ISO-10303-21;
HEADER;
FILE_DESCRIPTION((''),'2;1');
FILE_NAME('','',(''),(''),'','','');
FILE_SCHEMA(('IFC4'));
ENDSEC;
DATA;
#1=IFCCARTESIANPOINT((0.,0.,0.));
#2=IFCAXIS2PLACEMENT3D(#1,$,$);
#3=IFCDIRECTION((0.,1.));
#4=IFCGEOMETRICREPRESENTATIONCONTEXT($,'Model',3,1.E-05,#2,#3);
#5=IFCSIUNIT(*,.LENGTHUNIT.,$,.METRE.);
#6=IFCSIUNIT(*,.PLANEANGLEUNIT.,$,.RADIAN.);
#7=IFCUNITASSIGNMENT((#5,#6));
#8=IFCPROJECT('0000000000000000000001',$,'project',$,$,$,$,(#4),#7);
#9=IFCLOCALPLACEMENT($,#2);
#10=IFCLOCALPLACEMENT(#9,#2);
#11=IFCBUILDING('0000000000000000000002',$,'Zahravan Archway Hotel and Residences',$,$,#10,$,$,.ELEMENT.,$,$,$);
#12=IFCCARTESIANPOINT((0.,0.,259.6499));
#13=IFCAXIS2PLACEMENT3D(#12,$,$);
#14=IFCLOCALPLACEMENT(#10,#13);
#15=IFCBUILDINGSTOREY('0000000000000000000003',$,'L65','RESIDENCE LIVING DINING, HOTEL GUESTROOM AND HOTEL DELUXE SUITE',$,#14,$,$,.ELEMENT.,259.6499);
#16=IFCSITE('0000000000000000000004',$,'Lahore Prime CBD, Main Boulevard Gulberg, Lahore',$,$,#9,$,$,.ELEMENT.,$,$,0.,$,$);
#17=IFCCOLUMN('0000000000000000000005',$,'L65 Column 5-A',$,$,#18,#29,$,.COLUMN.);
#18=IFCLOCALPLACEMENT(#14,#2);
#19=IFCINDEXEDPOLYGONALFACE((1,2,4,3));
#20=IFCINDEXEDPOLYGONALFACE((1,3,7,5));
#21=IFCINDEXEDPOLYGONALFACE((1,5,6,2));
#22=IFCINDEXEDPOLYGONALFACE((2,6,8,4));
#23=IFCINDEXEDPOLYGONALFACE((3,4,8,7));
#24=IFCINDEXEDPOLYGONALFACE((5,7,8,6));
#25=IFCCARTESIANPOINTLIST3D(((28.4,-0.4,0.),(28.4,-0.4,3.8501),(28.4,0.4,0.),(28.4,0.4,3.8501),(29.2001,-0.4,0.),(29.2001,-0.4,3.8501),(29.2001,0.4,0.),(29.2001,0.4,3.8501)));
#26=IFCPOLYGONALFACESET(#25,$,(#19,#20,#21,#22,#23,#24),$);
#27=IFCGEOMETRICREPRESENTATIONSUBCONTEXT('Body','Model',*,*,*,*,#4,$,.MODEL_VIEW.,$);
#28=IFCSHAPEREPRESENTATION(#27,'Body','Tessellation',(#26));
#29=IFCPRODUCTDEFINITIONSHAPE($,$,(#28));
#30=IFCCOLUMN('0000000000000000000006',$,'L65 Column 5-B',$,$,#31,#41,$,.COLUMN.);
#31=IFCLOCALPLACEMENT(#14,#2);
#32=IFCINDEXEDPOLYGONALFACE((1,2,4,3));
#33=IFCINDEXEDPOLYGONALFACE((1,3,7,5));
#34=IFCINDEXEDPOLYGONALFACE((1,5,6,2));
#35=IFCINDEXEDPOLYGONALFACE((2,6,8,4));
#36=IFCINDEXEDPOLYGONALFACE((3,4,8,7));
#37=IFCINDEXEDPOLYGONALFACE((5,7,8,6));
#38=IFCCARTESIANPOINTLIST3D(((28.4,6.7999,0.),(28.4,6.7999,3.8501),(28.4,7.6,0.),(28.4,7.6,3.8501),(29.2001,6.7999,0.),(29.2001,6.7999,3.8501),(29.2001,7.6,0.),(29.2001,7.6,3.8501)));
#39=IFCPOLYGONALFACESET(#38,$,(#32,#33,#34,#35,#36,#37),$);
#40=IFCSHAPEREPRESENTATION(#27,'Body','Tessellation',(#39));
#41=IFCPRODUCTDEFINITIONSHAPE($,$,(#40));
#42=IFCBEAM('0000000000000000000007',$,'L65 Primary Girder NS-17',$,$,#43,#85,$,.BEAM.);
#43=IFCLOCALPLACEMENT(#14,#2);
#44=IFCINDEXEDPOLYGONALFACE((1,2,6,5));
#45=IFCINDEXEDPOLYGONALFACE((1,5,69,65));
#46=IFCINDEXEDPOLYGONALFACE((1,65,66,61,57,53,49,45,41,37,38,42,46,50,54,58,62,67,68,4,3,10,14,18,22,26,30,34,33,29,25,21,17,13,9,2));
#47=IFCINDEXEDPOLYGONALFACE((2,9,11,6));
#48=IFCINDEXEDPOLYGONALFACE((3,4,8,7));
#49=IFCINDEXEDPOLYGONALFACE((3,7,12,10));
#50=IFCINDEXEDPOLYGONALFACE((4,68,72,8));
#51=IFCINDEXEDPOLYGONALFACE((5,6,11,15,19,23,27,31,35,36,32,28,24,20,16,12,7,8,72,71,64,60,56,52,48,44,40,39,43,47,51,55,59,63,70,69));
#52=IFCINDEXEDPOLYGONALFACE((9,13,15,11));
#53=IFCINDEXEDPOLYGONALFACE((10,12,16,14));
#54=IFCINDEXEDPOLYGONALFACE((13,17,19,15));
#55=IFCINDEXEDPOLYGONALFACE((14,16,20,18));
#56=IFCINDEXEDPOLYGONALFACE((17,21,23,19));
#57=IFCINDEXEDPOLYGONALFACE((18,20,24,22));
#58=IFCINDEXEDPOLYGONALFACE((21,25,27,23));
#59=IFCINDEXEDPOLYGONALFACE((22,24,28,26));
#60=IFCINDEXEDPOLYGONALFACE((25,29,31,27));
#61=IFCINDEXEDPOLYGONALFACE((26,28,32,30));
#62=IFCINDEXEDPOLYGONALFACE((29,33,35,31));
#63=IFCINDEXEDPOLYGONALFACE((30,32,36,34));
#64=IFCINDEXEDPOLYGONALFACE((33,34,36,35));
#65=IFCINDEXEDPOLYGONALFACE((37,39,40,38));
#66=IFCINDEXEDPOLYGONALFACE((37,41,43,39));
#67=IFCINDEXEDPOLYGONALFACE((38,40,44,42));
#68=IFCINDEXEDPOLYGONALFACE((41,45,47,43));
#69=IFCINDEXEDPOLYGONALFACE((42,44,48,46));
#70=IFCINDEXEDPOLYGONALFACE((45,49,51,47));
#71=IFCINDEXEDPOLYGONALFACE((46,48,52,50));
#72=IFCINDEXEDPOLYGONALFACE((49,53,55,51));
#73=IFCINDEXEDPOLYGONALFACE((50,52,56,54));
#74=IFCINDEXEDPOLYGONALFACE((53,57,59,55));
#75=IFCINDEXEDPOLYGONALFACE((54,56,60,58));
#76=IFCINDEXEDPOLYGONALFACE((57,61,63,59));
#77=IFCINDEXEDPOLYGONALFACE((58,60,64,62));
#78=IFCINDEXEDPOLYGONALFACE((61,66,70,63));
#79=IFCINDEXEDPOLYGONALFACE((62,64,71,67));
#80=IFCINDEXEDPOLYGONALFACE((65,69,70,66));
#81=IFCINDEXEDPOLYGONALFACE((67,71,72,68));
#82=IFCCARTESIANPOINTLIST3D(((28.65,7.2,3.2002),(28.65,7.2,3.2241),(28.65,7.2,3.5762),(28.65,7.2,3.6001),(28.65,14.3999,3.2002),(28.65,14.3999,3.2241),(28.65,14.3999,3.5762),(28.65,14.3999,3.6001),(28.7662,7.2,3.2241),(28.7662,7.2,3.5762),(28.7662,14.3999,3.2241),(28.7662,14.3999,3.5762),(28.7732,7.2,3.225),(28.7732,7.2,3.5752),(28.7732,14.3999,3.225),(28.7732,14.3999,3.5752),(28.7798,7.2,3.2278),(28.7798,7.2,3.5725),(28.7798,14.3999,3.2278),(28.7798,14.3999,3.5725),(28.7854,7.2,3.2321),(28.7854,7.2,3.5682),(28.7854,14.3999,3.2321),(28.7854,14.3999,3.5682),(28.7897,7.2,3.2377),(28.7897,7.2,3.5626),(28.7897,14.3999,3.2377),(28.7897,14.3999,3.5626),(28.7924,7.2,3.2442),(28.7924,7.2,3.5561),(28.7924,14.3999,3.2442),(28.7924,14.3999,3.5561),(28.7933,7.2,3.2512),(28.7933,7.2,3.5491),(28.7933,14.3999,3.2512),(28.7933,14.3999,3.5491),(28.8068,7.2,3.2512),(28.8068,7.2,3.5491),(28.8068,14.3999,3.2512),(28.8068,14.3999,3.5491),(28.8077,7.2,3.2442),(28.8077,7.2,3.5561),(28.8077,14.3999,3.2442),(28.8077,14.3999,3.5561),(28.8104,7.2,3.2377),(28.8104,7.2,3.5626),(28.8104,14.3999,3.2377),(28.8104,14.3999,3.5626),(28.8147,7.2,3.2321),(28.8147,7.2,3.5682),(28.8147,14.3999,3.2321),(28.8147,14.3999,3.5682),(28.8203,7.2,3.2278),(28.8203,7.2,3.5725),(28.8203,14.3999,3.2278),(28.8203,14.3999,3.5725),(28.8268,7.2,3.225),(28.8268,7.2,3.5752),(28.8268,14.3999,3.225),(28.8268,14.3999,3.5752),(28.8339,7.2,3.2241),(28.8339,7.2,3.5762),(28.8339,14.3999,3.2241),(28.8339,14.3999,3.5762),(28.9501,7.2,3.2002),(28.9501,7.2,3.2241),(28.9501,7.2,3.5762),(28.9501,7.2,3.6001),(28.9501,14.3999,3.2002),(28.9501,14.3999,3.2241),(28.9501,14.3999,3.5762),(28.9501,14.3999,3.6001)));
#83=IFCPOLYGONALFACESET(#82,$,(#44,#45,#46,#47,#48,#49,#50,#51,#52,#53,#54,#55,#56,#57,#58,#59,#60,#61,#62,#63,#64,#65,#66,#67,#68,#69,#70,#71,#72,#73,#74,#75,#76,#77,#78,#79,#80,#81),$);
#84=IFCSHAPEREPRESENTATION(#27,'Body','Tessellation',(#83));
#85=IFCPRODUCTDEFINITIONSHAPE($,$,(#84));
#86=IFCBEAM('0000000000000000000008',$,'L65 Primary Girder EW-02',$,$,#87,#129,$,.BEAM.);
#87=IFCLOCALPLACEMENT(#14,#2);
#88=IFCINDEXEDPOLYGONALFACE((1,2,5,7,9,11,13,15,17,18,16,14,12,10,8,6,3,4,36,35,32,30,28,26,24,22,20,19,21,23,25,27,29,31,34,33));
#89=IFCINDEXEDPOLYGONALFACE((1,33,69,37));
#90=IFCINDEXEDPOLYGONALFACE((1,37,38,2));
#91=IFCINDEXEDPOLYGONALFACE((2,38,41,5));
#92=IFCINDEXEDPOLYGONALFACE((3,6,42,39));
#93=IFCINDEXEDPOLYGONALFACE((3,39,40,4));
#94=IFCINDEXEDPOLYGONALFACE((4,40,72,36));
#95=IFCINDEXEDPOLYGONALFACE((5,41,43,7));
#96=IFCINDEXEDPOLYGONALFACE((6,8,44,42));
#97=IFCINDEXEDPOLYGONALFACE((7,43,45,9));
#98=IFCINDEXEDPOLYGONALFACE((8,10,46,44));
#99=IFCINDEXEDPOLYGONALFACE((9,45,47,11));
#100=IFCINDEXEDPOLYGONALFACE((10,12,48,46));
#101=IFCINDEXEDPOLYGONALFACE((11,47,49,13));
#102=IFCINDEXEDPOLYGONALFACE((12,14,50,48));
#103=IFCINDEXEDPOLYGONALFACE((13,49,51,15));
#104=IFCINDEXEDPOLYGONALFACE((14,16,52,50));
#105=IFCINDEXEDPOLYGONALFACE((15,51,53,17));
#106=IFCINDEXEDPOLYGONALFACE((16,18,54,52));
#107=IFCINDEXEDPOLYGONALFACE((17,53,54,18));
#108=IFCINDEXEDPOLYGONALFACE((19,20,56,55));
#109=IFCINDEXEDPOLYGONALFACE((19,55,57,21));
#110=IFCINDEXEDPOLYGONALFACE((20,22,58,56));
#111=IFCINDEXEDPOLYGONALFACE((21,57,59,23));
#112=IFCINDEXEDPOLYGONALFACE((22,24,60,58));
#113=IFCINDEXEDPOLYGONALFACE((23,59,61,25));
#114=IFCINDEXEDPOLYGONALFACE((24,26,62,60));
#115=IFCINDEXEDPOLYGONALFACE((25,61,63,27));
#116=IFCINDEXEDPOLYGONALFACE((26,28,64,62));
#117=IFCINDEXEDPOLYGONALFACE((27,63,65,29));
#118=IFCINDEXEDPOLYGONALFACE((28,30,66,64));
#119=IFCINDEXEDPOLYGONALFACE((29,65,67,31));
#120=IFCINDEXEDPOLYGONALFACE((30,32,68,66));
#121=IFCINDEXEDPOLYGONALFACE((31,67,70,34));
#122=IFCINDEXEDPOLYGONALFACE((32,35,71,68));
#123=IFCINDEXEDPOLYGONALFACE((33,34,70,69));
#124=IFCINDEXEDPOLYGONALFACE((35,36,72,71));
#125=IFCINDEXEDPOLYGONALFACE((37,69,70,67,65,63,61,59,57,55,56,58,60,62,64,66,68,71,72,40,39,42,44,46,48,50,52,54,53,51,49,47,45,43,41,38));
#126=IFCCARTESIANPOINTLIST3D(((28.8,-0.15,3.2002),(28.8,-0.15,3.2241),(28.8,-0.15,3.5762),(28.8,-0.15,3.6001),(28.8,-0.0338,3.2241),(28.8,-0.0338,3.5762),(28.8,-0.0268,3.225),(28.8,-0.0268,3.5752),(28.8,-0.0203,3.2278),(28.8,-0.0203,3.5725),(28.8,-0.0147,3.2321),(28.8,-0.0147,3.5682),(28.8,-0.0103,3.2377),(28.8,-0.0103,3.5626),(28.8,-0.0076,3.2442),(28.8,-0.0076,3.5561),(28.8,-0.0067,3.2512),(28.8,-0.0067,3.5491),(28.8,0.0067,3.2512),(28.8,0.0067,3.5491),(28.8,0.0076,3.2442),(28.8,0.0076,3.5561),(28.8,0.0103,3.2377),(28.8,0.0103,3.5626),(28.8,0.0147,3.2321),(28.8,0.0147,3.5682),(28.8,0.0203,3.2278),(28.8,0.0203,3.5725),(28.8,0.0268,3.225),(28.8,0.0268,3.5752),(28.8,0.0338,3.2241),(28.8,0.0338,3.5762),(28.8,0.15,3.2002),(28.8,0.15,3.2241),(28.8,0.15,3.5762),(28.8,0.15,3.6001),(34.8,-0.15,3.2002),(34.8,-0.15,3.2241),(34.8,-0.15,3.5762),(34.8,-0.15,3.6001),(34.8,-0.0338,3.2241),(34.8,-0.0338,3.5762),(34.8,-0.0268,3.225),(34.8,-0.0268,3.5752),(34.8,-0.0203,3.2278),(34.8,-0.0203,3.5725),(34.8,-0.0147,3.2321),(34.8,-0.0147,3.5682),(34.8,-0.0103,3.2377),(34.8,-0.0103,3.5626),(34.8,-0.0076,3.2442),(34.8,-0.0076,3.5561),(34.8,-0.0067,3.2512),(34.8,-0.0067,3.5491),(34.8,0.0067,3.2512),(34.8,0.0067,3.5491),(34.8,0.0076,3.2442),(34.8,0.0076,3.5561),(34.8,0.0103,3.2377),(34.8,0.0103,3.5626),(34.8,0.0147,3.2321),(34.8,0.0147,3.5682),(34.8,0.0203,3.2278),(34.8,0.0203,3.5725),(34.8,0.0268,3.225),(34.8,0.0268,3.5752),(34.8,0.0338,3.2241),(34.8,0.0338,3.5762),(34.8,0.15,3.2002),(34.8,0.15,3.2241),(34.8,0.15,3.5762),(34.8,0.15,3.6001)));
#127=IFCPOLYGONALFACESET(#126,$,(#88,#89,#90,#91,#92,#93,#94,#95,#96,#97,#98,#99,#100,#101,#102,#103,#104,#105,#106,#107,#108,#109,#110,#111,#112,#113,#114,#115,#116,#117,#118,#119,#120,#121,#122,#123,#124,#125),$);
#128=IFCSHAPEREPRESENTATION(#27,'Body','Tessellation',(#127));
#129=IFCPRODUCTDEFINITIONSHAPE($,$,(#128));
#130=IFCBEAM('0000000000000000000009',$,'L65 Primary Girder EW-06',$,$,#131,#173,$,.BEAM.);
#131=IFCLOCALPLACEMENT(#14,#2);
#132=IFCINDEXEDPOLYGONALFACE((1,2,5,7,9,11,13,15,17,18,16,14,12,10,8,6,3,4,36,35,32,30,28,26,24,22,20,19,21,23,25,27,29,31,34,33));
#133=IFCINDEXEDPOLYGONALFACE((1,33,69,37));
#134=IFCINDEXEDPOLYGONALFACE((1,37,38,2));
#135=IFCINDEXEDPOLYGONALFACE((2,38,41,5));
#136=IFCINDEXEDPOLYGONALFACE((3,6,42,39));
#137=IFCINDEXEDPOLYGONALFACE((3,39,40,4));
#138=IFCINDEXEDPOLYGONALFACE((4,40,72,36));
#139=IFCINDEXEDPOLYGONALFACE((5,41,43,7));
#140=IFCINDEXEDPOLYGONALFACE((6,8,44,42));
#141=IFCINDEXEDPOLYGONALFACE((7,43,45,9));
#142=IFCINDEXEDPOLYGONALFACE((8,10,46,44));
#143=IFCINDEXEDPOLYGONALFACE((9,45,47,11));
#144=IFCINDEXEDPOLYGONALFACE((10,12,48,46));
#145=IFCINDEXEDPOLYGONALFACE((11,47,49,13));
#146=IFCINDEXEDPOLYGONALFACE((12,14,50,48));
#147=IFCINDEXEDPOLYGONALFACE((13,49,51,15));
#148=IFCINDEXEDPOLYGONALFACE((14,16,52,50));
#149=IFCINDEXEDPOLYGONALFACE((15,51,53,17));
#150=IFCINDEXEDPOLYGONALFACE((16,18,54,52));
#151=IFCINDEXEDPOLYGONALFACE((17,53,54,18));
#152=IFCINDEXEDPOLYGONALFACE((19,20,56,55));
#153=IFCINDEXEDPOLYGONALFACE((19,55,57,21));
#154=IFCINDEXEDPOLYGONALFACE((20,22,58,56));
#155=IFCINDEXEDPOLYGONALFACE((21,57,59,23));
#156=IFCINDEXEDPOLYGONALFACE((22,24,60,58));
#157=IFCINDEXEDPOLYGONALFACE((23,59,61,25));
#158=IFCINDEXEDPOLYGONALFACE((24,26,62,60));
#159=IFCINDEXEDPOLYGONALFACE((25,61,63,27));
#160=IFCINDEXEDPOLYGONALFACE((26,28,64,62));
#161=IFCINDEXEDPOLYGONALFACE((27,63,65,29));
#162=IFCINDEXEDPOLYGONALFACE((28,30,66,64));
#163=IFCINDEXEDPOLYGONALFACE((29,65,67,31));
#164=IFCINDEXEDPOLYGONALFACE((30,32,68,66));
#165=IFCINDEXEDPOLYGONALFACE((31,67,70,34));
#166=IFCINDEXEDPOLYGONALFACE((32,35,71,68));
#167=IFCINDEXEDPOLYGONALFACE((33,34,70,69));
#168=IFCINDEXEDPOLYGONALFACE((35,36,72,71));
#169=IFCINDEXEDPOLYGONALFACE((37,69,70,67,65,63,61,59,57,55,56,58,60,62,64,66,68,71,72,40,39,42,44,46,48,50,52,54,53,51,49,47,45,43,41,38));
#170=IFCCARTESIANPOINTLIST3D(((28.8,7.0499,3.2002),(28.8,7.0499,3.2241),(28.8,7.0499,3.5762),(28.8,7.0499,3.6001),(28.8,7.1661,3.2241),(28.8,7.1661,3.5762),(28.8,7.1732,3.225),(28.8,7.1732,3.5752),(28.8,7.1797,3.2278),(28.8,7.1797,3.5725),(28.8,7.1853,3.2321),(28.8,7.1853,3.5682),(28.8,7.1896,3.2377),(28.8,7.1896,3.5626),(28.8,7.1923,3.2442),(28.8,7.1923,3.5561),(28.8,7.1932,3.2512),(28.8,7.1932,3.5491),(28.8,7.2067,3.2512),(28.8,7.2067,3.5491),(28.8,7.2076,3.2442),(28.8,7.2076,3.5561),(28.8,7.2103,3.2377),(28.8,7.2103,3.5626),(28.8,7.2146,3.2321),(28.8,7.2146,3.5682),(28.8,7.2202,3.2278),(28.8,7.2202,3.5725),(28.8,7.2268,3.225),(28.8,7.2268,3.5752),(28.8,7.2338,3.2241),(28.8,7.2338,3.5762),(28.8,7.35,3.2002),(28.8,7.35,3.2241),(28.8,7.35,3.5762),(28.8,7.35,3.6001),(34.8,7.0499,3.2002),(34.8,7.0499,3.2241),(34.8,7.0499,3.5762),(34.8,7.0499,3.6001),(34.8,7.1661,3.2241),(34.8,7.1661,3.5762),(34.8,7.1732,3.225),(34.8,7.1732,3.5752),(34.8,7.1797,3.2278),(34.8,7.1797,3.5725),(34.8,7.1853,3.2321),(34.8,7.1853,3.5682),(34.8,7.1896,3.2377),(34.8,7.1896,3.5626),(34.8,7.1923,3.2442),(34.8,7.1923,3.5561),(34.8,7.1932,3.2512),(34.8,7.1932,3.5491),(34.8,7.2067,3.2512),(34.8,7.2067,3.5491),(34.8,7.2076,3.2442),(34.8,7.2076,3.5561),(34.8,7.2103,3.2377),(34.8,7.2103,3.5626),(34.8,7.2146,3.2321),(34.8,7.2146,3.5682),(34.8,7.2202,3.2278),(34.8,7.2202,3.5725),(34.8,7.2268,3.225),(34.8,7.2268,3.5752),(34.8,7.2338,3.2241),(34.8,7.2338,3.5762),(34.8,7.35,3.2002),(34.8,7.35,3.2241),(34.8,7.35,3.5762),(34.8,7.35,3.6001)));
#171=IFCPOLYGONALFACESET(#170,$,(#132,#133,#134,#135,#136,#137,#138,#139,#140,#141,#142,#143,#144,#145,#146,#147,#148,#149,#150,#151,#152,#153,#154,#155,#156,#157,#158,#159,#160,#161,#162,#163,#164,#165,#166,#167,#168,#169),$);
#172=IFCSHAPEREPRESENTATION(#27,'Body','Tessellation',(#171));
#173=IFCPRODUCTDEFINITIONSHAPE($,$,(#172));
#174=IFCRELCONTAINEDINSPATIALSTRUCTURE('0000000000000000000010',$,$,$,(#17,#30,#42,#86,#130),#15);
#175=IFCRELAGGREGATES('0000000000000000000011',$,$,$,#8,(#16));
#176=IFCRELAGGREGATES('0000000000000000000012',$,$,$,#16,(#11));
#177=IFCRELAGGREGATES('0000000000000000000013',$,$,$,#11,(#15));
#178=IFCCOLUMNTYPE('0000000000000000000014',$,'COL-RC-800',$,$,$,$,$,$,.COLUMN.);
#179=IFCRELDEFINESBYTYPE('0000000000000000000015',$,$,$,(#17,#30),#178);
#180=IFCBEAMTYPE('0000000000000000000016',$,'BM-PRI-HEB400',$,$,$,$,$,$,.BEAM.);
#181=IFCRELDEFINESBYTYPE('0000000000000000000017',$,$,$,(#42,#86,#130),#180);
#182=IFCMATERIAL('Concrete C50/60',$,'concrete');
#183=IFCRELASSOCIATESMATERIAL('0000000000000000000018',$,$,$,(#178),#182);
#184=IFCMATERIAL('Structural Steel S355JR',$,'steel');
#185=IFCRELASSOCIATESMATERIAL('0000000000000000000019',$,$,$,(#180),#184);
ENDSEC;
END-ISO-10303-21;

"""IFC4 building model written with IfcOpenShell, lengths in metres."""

from ifc_helpers import new_model, si_unit, direction, frame, origin, origin_2d, place, context, subcontext, project, spatial, rectangle, i_section, extrude, source, transform, mapped, material, material_profile, profile_set, type_object, type_shapes, element, save


model = new_model("IFC4")

# Units and contexts
model_context = context("Model", 3, precision=1e-05, world=origin(), true_north=direction((0.0, 1.0)))
body_context = subcontext(model_context, "Body", "Model", "MODEL_VIEW")
ifc_project = project(units=[si_unit("LENGTHUNIT", "METRE"), si_unit("PLANEANGLEUNIT", "RADIAN")], contexts=[model_context])

# Site, building, storey
site_placement = place(None, origin())
site = spatial("IfcSite", under=ifc_project, at=site_placement, Name="Lahore Prime CBD, Main Boulevard Gulberg, Lahore", CompositionType="ELEMENT", RefElevation=0.0)
building_placement = place(site_placement, origin())
building = spatial("IfcBuilding", under=site, at=building_placement, Name="Zahravan Archway Hotel and Residences", CompositionType="ELEMENT")
storey_placement = place(building_placement, frame((0.0, 0.0, 259.6499)))
storey = spatial("IfcBuildingStorey", under=building, at=storey_placement, Name="L65", Description="RESIDENCE LIVING DINING, HOTEL GUESTROOM AND HOTEL DELUXE SUITE", CompositionType="ELEMENT", Elevation=259.6499)

# Columns
ifc_material_1 = material(Name="Concrete C50/60", Category="concrete")
ifc_material_profile_1 = material_profile(ifc_material_1, rectangle(XDim=0.8, YDim=0.8, at=origin_2d()), Name="RC-COL-800x800", Category="concrete")
ifc_profile_set_1 = profile_set([ifc_material_profile_1], Name="Concrete C50/60")
column_type = type_object("IfcColumnType", Name="COL-RC-800", PredefinedType="COLUMN", material=ifc_profile_set_1)
shared_shape_1 = source(origin(), body_context, "Body", "SweptSolid", [
    extrude(rectangle(XDim=0.8, YDim=0.8, at=origin_2d()), origin(), (0.0, 0.0, 1.0), 3.8501),
])
for number, where, z_axis, x_axis, name in (
    (1, (28.8, 0.0, 0.0), (0.0, 0.0, 1.0), (1.0, 0.0, 0.0), "L65 Column 5-A"),
    (2, (28.8, 7.2, 0.0), (0.0, 0.0, 1.0), (1.0, 0.0, 0.0), "L65 Column 5-B"),
):
    element("IfcColumn", number, at=place(storey_placement, frame(where, z_axis=z_axis, x_axis=x_axis)), inside=storey, type_object=column_type, Name=name, PredefinedType="COLUMN", context=body_context, shape_type="MappedRepresentation", body=[
        mapped(shared_shape_1, transform((0.0, 0.0, 0.0), scale=1.0)),
    ])

# Beams
ifc_material_2 = material(Name="Structural Steel S355JR", Category="steel")
ifc_material_profile_2 = material_profile(ifc_material_2, i_section(OverallWidth=0.3, OverallDepth=0.3999, WebThickness=0.0134, FlangeThickness=0.0239, FilletRadius=0.0271, at=origin_2d()), Name="HEB 400", Category="steel")
ifc_profile_set_2 = profile_set([ifc_material_profile_2], Name="Structural Steel S355JR")
beam_type_1 = type_object("IfcBeamType", Name="BM-PRI-HEB400", PredefinedType="BEAM", material=ifc_profile_set_2)
shared_shape_2 = source(origin(), body_context, "Body", "SweptSolid", [
    extrude(i_section(OverallWidth=0.3, OverallDepth=0.3999, WebThickness=0.0134, FlangeThickness=0.0239, FilletRadius=0.0271, at=origin_2d()), origin(), (0.0, 0.0, 1.0), 7.2),
])
type_shapes(beam_type_1, [shared_shape_2])
beam_1_placement = place(storey_placement, frame((28.8, 7.2, 3.4001), z_axis=(0.0, 1.0, 0.0), x_axis=(-1.0, 0.0, 0.0)))
element("IfcBeam", 3, at=beam_1_placement, inside=storey, type_object=beam_type_1, Name="L65 Primary Girder NS-17", PredefinedType="BEAM", context=body_context, shape_type="MappedRepresentation", body=[
    mapped(shared_shape_2, transform((0.0, 0.0, 0.0), scale=1.0)),
])
shared_shape_3 = source(origin(), body_context, "Body", "SweptSolid", [
    extrude(i_section(OverallWidth=0.3, OverallDepth=0.3999, WebThickness=0.0134, FlangeThickness=0.0239, FilletRadius=0.0271, at=origin_2d()), origin(), (0.0, 0.0, 1.0), 6.0),
])
for number, where, z_axis, x_axis, name in (
    (4, (28.8, 0.0, 3.4001), (1.0, 0.0, 0.0), (0.0, 1.0, 0.0), "L65 Primary Girder EW-02"),
    (5, (28.8, 7.2, 3.4001), (1.0, 0.0, 0.0), (0.0, 1.0, 0.0), "L65 Primary Girder EW-06"),
):
    element("IfcBeam", number, at=place(storey_placement, frame(where, z_axis=z_axis, x_axis=x_axis)), inside=storey, type_object=beam_type_1, Name=name, PredefinedType="BEAM", context=body_context, shape_type="MappedRepresentation", body=[
        mapped(shared_shape_3, transform((0.0, 0.0, 0.0), scale=1.0)),
    ])

save(model, "model.ifc")
